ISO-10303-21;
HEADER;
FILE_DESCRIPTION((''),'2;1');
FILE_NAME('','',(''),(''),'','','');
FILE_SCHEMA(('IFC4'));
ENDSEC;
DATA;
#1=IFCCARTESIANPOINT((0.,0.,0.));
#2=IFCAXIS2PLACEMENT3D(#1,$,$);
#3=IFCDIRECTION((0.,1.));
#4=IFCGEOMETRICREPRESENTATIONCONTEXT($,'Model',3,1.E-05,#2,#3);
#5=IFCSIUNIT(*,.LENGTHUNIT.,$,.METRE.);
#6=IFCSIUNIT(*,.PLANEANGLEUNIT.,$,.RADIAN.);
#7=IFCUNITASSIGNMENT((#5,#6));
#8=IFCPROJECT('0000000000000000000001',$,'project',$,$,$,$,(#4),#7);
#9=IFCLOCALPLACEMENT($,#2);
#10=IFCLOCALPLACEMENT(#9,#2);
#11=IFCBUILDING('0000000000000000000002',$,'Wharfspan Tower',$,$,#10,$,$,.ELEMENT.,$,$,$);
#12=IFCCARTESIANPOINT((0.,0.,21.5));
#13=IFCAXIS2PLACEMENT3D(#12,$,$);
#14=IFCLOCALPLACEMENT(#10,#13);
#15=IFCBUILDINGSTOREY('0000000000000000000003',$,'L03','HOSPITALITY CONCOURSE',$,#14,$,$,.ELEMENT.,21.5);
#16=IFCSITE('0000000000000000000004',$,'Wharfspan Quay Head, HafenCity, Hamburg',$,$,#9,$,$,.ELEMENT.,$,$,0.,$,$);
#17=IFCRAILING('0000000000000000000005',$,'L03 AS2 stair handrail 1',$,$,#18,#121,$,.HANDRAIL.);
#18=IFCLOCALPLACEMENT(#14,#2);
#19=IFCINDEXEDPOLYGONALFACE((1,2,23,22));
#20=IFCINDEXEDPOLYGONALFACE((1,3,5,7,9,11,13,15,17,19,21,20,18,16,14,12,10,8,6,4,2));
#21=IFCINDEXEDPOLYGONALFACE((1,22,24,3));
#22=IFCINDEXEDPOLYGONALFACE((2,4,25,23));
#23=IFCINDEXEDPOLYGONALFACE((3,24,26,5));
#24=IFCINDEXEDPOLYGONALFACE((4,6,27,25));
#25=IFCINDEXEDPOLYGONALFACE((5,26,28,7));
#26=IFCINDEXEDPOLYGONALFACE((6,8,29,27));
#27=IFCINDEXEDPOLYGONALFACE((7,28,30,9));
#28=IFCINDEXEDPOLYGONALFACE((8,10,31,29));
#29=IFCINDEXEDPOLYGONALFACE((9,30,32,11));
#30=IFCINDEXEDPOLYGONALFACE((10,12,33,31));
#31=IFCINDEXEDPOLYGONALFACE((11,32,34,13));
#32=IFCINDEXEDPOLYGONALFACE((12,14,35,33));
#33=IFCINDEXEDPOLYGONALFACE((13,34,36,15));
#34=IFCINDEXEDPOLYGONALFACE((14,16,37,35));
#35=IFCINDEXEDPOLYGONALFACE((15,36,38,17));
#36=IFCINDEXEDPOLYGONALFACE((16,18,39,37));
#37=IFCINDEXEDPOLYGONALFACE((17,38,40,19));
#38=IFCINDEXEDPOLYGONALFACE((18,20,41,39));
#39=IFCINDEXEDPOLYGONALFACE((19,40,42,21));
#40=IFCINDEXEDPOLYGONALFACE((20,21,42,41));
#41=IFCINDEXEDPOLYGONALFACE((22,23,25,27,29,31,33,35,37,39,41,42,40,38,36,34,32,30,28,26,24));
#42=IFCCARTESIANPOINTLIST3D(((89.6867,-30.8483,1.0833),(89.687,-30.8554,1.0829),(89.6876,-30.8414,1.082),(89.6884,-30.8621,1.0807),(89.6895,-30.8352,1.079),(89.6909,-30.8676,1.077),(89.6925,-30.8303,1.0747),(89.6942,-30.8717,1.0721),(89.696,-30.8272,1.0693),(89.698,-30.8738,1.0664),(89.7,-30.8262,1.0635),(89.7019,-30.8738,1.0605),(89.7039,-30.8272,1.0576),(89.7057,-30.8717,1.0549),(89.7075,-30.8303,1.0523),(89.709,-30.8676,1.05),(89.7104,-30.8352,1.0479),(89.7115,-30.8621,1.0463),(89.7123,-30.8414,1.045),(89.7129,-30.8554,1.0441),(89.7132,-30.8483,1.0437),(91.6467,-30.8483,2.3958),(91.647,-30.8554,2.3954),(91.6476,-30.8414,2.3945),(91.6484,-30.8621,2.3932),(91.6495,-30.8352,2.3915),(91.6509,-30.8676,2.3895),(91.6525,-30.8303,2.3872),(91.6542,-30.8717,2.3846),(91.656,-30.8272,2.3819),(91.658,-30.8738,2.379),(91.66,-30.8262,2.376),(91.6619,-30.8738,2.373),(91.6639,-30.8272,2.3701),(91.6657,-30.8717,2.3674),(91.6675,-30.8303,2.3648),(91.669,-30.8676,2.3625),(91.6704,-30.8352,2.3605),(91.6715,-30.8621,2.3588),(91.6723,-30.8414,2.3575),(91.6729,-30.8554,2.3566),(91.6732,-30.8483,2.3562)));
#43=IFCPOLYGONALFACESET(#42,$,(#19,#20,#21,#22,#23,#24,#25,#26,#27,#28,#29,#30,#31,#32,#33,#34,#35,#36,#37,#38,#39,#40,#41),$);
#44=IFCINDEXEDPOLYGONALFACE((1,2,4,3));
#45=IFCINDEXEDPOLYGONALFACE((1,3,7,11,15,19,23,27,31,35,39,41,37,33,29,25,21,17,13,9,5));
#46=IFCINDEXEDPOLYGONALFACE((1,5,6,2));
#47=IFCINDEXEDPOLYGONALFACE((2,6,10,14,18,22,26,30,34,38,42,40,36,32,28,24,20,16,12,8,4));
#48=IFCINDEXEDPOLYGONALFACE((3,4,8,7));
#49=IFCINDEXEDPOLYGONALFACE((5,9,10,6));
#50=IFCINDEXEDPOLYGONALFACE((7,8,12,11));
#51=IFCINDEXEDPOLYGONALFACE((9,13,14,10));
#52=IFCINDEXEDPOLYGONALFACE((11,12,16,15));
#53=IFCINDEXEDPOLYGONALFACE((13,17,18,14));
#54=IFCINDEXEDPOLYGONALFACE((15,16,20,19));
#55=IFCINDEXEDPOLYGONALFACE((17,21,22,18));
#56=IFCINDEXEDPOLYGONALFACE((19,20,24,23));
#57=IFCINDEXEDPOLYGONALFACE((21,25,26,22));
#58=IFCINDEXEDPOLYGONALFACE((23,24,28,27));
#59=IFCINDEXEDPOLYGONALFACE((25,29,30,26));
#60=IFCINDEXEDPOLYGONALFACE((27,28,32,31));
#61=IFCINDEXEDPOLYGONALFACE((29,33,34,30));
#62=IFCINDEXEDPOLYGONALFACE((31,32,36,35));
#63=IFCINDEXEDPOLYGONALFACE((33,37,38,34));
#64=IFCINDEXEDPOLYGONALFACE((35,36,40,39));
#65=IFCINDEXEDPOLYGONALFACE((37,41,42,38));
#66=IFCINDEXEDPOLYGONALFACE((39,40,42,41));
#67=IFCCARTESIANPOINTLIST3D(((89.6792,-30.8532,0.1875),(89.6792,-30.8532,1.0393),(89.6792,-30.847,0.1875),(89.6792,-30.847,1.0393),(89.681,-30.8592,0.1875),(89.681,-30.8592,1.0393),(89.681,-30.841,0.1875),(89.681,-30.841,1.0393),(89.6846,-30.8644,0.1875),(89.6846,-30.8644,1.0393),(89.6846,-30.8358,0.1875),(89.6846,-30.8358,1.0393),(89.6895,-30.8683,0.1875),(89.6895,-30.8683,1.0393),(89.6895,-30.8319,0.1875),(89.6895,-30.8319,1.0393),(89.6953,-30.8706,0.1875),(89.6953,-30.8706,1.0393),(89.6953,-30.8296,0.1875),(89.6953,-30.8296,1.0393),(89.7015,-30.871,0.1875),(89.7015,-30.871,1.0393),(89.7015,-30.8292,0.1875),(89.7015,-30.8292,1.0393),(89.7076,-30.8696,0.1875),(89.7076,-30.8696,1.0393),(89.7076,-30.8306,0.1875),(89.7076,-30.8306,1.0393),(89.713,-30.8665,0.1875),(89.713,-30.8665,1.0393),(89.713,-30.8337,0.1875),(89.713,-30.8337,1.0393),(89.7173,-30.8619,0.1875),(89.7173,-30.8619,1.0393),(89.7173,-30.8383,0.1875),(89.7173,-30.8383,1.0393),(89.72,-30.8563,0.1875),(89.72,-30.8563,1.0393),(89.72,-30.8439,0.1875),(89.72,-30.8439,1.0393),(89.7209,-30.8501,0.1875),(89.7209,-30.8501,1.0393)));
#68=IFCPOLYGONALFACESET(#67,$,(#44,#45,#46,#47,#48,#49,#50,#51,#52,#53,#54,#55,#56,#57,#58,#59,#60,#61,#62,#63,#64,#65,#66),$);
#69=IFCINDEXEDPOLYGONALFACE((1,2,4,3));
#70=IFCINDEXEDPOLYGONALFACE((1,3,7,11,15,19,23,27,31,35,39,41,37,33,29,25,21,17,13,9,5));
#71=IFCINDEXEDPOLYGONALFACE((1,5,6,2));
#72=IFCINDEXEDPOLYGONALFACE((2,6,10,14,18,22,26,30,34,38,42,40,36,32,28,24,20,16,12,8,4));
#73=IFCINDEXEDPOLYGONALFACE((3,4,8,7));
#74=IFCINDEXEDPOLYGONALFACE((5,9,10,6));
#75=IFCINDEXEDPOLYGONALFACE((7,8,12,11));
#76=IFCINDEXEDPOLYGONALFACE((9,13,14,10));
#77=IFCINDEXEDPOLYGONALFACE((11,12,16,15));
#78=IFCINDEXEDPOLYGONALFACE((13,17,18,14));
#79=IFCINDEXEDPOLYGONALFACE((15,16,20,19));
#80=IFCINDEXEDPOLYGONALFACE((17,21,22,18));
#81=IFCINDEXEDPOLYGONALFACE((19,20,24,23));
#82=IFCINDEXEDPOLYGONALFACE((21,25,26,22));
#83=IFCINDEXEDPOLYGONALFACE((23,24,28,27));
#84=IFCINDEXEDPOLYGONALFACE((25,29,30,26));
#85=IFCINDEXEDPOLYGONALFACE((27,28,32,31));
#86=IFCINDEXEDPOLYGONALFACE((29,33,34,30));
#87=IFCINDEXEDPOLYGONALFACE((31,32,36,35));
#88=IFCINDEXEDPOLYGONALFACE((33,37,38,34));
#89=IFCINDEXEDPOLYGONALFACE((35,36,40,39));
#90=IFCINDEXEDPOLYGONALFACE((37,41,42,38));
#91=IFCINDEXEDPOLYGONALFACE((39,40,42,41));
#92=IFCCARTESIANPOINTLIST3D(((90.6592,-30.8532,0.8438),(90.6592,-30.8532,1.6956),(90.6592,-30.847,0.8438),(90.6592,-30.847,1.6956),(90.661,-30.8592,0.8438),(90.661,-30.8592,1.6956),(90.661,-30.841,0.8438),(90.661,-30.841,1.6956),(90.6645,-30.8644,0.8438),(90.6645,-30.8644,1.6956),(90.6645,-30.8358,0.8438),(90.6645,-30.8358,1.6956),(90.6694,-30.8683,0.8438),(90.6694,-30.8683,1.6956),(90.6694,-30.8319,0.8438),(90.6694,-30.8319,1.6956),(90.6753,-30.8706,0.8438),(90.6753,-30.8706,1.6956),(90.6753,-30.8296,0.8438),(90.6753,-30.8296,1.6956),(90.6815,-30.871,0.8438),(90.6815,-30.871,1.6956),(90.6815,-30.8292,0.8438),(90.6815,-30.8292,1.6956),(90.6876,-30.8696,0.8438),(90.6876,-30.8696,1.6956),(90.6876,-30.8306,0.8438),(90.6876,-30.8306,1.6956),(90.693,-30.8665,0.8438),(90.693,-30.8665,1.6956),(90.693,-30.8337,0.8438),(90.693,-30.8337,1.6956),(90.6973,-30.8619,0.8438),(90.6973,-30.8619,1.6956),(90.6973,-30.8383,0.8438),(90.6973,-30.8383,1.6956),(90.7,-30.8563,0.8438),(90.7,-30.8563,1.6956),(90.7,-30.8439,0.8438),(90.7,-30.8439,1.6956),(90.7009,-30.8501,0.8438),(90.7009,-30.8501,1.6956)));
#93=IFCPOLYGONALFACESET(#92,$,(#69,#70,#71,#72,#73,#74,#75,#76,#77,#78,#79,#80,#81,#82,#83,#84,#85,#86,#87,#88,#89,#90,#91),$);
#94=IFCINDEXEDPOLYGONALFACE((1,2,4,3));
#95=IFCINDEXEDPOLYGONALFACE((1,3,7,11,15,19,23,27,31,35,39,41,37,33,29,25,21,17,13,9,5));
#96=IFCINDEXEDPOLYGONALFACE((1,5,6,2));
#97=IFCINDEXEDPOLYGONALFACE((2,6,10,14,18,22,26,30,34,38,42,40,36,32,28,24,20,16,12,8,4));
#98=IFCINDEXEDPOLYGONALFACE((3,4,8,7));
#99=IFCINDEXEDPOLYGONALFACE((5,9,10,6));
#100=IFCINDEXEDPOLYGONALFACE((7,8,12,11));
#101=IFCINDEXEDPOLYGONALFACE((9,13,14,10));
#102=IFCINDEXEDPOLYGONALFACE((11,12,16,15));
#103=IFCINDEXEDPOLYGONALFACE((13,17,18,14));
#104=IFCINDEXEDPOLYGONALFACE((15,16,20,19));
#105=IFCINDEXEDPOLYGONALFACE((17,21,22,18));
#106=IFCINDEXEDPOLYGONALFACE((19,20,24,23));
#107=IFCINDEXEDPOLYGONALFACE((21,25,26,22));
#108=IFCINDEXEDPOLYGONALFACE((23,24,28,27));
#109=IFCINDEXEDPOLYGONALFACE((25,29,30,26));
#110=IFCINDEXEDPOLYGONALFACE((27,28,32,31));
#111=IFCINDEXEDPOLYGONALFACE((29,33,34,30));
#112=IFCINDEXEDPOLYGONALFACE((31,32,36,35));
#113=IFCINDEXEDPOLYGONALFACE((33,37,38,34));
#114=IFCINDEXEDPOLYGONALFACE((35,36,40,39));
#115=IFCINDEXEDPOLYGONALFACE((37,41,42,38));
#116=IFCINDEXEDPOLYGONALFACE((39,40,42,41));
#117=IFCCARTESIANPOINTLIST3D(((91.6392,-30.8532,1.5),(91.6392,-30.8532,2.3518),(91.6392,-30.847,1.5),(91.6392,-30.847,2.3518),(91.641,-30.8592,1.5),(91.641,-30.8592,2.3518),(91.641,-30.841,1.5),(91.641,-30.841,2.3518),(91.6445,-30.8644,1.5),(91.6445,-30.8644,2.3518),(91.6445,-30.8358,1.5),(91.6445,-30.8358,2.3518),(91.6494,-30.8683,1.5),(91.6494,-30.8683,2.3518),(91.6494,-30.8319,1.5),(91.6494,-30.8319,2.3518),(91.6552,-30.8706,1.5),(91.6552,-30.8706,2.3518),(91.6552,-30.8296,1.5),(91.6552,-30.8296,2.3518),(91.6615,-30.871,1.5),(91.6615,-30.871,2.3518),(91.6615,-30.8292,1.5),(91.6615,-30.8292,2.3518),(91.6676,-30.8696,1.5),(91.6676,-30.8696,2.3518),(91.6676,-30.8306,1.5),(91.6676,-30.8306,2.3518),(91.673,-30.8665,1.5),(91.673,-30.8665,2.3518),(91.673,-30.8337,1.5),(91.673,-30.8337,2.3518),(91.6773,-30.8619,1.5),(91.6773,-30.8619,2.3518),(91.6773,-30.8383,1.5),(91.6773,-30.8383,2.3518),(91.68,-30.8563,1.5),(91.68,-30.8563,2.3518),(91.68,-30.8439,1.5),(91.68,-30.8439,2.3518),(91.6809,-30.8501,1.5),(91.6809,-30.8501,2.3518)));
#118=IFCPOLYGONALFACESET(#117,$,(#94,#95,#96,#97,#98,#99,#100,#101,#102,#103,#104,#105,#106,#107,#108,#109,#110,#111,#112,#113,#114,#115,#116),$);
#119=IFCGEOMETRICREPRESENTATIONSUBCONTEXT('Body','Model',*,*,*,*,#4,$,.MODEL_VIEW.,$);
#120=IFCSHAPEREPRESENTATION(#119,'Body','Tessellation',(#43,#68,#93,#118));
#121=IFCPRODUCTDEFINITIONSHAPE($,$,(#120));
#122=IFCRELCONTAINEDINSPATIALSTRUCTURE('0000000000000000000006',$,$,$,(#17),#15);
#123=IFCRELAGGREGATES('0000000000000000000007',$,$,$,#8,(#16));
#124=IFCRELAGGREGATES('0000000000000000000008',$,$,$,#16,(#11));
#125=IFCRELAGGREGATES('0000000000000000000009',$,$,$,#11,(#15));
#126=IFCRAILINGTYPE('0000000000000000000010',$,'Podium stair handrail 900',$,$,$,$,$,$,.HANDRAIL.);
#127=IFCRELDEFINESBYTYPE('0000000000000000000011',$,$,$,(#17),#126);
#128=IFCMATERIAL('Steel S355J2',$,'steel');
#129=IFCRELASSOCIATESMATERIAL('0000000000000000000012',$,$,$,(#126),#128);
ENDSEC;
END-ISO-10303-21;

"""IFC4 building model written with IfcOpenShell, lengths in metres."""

from ifc_helpers import new_model, si_unit, direction, frame, origin, origin_2d, place, context, subcontext, project, spatial, circle, extrude, material, type_object, element, save


model = new_model("IFC4")

# Units and contexts
model_context = context("Model", 3, precision=1e-05, world=origin(), true_north=direction((0.0, 1.0)))
body_context = subcontext(model_context, "Body", "Model", "MODEL_VIEW")
ifc_project = project(units=[si_unit("LENGTHUNIT", "METRE"), si_unit("PLANEANGLEUNIT", "RADIAN")], contexts=[model_context])

# Site, building, storey
site_placement = place(None, origin())
site = spatial("IfcSite", under=ifc_project, at=site_placement, Name="Wharfspan Quay Head, HafenCity, Hamburg", CompositionType="ELEMENT", RefElevation=0.0)
building_placement = place(site_placement, origin())
building = spatial("IfcBuilding", under=site, at=building_placement, Name="Wharfspan Tower", CompositionType="ELEMENT")
storey_placement = place(building_placement, frame((0.0, 0.0, 21.5)))
storey = spatial("IfcBuildingStorey", under=building, at=storey_placement, Name="L03", Description="HOSPITALITY CONCOURSE", CompositionType="ELEMENT", Elevation=21.5)

# Railing
ifc_material_1 = material(Name="Steel S355J2", Category="steel")
railing_type_1 = type_object("IfcRailingType", Name="Podium stair handrail 900", PredefinedType="HANDRAIL", material=ifc_material_1)
railing_1_placement = place(storey_placement, frame((89.7, -30.8501, 0.1875)))
element("IfcRailing", 1, at=railing_1_placement, inside=storey, type_object=railing_type_1, Name="L03 AS2 stair handrail 1", PredefinedType="HANDRAIL", context=body_context, shape_type="SweptSolid", body=[
    extrude(circle(Radius=0.0239, at=origin_2d()), frame((0.0, 0.0, 0.876), z_axis=(0.830902, 0.0, 0.556419), x_axis=(0.0, 1.0, 0.0)), (0.0, 0.0, 1.0), 2.3589),
    extrude(circle(Radius=0.021, at=origin_2d()), origin(), (0.0, 0.0, 1.0), 0.8518),
    extrude(circle(Radius=0.021, at=origin_2d()), frame((0.98, 0.0, 0.6562)), (0.0, 0.0, 1.0), 0.8518),
    extrude(circle(Radius=0.021, at=origin_2d()), frame((1.96, 0.0, 1.3125)), (0.0, 0.0, 1.0), 0.8518),
])

save(model, "model.ifc")
